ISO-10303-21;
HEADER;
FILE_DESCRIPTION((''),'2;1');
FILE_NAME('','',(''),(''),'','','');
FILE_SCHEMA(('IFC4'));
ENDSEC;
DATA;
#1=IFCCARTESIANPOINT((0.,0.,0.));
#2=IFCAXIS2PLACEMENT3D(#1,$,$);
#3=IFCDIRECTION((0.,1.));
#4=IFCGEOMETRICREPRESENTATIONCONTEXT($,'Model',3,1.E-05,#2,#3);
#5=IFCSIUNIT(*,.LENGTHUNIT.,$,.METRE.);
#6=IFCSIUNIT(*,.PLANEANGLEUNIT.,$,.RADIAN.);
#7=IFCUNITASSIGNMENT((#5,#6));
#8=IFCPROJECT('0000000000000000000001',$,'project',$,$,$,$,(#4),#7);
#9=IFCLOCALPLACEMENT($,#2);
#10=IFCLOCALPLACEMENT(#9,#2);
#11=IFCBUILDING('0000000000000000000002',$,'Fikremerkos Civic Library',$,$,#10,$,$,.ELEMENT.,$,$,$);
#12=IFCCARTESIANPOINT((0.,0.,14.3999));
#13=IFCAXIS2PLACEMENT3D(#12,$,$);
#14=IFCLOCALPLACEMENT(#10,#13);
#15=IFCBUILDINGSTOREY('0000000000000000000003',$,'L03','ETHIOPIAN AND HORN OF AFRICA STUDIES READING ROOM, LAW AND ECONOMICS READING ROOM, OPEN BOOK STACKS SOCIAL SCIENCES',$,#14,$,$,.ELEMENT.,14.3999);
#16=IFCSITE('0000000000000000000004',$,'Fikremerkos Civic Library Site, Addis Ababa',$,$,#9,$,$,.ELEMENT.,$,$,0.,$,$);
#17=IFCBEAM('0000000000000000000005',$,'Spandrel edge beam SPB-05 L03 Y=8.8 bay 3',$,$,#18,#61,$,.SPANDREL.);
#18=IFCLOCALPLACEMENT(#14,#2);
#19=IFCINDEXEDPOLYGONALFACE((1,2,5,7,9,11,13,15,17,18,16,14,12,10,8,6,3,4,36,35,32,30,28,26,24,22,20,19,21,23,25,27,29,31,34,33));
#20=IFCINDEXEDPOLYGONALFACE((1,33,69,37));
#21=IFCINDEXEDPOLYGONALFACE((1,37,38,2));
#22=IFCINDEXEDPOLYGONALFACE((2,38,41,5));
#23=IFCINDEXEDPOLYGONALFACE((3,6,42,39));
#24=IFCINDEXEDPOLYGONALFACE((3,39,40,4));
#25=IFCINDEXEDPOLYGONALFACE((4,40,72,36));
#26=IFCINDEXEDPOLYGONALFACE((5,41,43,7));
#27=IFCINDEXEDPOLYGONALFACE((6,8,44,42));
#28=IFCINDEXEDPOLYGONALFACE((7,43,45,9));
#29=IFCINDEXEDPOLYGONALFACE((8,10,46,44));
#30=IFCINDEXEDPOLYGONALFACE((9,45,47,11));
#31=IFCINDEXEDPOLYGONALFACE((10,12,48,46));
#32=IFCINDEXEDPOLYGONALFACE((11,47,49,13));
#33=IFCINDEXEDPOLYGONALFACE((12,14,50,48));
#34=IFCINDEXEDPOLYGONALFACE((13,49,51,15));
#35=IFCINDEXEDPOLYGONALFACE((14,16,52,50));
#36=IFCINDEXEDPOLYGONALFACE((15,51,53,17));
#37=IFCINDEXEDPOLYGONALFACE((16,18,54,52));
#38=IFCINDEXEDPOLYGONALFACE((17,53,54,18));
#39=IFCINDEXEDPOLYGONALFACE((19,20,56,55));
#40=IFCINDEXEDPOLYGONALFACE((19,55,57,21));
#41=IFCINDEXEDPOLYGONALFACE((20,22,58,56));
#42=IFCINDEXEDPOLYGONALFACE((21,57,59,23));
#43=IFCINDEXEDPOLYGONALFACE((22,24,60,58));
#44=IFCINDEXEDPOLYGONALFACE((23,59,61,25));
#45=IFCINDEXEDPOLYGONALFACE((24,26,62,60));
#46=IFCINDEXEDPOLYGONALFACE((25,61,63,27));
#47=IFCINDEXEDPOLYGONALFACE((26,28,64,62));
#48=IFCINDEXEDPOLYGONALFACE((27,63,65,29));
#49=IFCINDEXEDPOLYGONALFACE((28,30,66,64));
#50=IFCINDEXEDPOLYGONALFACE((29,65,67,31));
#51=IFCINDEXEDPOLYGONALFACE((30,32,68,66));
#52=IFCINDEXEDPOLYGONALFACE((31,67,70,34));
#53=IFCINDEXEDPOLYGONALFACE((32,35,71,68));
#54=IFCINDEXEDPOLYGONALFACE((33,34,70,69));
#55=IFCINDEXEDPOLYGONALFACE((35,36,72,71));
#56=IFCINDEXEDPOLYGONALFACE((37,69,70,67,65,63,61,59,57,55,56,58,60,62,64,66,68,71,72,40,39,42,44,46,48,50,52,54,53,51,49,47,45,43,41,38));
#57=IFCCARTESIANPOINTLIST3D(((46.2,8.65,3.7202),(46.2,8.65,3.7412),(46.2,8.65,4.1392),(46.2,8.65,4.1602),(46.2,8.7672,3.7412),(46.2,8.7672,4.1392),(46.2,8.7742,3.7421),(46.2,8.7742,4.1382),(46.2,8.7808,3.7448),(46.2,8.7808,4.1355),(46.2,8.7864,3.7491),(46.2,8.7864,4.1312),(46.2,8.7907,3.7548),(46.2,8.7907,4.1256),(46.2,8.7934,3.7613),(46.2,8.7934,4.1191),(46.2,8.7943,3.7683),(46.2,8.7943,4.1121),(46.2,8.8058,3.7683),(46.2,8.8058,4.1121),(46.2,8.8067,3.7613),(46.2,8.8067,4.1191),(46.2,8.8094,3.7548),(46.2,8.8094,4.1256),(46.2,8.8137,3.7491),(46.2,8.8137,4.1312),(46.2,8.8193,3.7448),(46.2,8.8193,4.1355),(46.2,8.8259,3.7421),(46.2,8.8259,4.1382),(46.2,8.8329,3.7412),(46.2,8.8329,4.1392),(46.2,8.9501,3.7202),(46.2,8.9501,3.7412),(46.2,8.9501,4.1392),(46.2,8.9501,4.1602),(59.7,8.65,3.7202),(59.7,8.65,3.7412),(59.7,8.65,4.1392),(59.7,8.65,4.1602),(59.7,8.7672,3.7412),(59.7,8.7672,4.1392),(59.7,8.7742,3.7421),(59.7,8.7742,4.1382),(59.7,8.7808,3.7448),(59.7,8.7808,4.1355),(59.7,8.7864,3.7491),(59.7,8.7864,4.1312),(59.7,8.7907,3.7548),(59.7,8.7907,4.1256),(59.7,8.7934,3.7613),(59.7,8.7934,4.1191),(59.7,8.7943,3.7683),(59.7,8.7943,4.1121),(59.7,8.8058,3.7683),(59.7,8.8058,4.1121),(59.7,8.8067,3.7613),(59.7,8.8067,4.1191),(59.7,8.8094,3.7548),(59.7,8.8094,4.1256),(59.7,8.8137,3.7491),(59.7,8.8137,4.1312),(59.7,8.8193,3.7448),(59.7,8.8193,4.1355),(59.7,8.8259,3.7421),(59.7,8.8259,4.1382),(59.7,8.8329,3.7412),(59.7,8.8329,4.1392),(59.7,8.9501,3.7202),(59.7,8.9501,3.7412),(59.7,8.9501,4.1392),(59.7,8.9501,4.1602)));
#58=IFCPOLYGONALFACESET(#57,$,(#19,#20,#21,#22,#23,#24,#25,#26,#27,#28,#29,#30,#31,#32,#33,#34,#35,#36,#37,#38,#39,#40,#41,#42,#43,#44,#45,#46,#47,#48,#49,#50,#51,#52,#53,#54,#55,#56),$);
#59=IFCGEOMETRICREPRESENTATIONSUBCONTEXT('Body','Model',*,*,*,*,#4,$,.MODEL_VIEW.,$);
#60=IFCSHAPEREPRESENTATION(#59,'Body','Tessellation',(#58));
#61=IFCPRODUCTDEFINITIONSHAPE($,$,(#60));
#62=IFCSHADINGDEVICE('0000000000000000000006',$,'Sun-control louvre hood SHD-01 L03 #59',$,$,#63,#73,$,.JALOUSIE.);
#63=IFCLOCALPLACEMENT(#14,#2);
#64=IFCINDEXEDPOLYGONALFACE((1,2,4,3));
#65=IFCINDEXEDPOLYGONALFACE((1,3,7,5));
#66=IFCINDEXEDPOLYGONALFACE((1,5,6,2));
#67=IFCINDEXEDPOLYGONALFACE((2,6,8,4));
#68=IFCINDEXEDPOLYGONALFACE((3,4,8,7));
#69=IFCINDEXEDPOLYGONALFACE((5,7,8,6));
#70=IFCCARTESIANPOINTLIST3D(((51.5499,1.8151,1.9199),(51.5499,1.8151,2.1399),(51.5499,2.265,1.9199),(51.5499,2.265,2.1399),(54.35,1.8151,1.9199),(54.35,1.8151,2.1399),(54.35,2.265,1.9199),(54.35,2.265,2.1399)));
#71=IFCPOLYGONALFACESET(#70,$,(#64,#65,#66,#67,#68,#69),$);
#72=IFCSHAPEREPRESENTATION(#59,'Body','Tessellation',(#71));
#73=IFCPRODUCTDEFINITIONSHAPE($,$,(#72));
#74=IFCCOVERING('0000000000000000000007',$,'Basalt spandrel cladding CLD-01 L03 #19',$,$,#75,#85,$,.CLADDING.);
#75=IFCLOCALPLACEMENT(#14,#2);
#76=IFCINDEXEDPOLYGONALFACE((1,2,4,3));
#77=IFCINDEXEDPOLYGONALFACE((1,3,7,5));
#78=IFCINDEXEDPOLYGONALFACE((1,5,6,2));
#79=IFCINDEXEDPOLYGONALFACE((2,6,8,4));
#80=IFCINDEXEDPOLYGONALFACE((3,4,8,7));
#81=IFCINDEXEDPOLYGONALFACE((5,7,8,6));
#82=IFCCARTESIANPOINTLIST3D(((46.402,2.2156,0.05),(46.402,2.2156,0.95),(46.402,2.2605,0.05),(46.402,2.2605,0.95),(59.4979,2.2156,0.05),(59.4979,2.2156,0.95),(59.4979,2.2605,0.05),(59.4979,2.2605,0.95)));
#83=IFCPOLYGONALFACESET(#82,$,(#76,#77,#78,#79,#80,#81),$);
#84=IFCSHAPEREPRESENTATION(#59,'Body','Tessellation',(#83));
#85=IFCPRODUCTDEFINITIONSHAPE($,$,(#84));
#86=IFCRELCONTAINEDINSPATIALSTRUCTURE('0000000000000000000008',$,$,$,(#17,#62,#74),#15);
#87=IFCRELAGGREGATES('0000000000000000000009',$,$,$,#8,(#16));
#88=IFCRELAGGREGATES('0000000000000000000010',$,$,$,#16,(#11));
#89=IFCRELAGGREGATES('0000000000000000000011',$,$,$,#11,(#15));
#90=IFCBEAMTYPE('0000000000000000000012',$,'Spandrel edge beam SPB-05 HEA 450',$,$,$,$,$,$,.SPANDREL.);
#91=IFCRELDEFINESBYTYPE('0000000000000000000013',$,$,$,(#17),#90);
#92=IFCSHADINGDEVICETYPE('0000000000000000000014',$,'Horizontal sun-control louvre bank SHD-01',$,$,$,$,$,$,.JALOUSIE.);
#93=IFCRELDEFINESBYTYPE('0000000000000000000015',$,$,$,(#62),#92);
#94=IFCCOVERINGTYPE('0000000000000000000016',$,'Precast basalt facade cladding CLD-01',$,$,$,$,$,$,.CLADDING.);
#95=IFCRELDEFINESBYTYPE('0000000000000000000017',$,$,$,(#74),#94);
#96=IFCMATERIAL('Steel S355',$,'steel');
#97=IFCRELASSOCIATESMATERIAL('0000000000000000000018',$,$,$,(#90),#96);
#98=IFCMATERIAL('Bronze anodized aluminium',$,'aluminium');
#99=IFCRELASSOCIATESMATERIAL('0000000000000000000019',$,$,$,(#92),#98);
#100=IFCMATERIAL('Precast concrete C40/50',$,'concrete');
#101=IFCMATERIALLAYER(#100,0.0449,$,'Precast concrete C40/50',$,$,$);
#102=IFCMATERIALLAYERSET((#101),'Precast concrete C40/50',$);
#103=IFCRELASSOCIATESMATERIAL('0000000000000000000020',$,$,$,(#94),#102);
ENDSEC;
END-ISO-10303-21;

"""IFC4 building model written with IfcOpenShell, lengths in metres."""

from ifc_helpers import new_model, si_unit, direction, frame, origin, origin_2d, place, context, subcontext, project, spatial, rectangle, i_section, extrude, material, layer, layer_set, material_profile, profile_set, type_object, element, save


model = new_model("IFC4")

# Units and contexts
model_context = context("Model", 3, precision=1e-05, world=origin(), true_north=direction((0.0, 1.0)))
body_context = subcontext(model_context, "Body", "Model", "MODEL_VIEW")
ifc_project = project(units=[si_unit("LENGTHUNIT", "METRE"), si_unit("PLANEANGLEUNIT", "RADIAN")], contexts=[model_context])

# Site, building, storey
site_placement = place(None, origin())
site = spatial("IfcSite", under=ifc_project, at=site_placement, Name="Fikremerkos Civic Library Site, Addis Ababa", CompositionType="ELEMENT", RefElevation=0.0)
building_placement = place(site_placement, origin())
building = spatial("IfcBuilding", under=site, at=building_placement, Name="Fikremerkos Civic Library", CompositionType="ELEMENT")
storey_placement = place(building_placement, frame((0.0, 0.0, 14.3999)))
storey = spatial("IfcBuildingStorey", under=building, at=storey_placement, Name="L03", Description="ETHIOPIAN AND HORN OF AFRICA STUDIES READING ROOM, LAW AND ECONOMICS READING ROOM, OPEN BOOK STACKS SOCIAL SCIENCES", CompositionType="ELEMENT", Elevation=14.3999)

# Shared definitions
ifc_material_1 = material(Name="Steel S355", Category="steel")

# Beam
ifc_material_profile_1 = material_profile(ifc_material_1, i_section(OverallWidth=0.3, OverallDepth=0.4399, WebThickness=0.0115, FlangeThickness=0.021, FilletRadius=0.0271, at=origin_2d()), Name="HEA 450")
ifc_profile_set_1 = profile_set([ifc_material_profile_1], Name="Steel S355")
beam_type_1 = type_object("IfcBeamType", Name="Spandrel edge beam SPB-05 HEA 450", PredefinedType="SPANDREL", material=ifc_profile_set_1)
beam_1_placement = place(storey_placement, frame((46.2, 8.8, 3.9402), z_axis=(1.0, 0.0, 0.0), x_axis=(0.0, 1.0, 0.0)))
element("IfcBeam", 1, at=beam_1_placement, inside=storey, type_object=beam_type_1, Name="Spandrel edge beam SPB-05 L03 Y=8.8 bay 3", PredefinedType="SPANDREL", context=body_context, shape_type="SweptSolid", body=[
    extrude(i_section(OverallWidth=0.3, OverallDepth=0.4399, WebThickness=0.0115, FlangeThickness=0.021, FilletRadius=0.0271, at=origin_2d()), origin(), (0.0, 0.0, 1.0), 13.5),
])

# Shared definitions
ifc_material_2 = material(Name="Precast concrete C40/50", Category="concrete")

# Shading device
ifc_material_3 = material(Name="Bronze anodized aluminium", Category="aluminium")
shading_device_type = type_object("IfcShadingDeviceType", Name="Horizontal sun-control louvre bank SHD-01", PredefinedType="JALOUSIE", material=ifc_material_3)
shading_device_placement = place(storey_placement, frame((52.95, 2.04, 1.9199), z_axis=(0.0, 0.0, 1.0), x_axis=(1.0, 0.0, 0.0)))
element("IfcShadingDevice", 2, at=shading_device_placement, inside=storey, type_object=shading_device_type, Name="Sun-control louvre hood SHD-01 L03 #59", PredefinedType="JALOUSIE", context=body_context, shape_type="SweptSolid", body=[
    extrude(rectangle(XDim=2.8, YDim=0.45, at=origin_2d()), origin(), (0.0, 0.0, 1.0), 0.22),
])

# Covering
ifc_layer_1 = layer(ifc_material_2, 0.0449, Name="Precast concrete C40/50")
ifc_layer_set_1 = layer_set([ifc_layer_1], Name="Precast concrete C40/50")
covering_type = type_object("IfcCoveringType", Name="Precast basalt facade cladding CLD-01", PredefinedType="CLADDING", material=ifc_layer_set_1)
covering_placement = place(storey_placement, frame((52.95, 2.238, 0.05), z_axis=(0.0, 0.0, 1.0), x_axis=(1.0, 0.0, 0.0)))
element("IfcCovering", 3, at=covering_placement, inside=storey, type_object=covering_type, Name="Basalt spandrel cladding CLD-01 L03 #19", PredefinedType="CLADDING", context=body_context, shape_type="SweptSolid", body=[
    extrude(rectangle(XDim=13.0959, YDim=0.0449, at=origin_2d()), origin(), (0.0, 0.0, 1.0), 0.8999),
])

save(model, "model.ifc")
